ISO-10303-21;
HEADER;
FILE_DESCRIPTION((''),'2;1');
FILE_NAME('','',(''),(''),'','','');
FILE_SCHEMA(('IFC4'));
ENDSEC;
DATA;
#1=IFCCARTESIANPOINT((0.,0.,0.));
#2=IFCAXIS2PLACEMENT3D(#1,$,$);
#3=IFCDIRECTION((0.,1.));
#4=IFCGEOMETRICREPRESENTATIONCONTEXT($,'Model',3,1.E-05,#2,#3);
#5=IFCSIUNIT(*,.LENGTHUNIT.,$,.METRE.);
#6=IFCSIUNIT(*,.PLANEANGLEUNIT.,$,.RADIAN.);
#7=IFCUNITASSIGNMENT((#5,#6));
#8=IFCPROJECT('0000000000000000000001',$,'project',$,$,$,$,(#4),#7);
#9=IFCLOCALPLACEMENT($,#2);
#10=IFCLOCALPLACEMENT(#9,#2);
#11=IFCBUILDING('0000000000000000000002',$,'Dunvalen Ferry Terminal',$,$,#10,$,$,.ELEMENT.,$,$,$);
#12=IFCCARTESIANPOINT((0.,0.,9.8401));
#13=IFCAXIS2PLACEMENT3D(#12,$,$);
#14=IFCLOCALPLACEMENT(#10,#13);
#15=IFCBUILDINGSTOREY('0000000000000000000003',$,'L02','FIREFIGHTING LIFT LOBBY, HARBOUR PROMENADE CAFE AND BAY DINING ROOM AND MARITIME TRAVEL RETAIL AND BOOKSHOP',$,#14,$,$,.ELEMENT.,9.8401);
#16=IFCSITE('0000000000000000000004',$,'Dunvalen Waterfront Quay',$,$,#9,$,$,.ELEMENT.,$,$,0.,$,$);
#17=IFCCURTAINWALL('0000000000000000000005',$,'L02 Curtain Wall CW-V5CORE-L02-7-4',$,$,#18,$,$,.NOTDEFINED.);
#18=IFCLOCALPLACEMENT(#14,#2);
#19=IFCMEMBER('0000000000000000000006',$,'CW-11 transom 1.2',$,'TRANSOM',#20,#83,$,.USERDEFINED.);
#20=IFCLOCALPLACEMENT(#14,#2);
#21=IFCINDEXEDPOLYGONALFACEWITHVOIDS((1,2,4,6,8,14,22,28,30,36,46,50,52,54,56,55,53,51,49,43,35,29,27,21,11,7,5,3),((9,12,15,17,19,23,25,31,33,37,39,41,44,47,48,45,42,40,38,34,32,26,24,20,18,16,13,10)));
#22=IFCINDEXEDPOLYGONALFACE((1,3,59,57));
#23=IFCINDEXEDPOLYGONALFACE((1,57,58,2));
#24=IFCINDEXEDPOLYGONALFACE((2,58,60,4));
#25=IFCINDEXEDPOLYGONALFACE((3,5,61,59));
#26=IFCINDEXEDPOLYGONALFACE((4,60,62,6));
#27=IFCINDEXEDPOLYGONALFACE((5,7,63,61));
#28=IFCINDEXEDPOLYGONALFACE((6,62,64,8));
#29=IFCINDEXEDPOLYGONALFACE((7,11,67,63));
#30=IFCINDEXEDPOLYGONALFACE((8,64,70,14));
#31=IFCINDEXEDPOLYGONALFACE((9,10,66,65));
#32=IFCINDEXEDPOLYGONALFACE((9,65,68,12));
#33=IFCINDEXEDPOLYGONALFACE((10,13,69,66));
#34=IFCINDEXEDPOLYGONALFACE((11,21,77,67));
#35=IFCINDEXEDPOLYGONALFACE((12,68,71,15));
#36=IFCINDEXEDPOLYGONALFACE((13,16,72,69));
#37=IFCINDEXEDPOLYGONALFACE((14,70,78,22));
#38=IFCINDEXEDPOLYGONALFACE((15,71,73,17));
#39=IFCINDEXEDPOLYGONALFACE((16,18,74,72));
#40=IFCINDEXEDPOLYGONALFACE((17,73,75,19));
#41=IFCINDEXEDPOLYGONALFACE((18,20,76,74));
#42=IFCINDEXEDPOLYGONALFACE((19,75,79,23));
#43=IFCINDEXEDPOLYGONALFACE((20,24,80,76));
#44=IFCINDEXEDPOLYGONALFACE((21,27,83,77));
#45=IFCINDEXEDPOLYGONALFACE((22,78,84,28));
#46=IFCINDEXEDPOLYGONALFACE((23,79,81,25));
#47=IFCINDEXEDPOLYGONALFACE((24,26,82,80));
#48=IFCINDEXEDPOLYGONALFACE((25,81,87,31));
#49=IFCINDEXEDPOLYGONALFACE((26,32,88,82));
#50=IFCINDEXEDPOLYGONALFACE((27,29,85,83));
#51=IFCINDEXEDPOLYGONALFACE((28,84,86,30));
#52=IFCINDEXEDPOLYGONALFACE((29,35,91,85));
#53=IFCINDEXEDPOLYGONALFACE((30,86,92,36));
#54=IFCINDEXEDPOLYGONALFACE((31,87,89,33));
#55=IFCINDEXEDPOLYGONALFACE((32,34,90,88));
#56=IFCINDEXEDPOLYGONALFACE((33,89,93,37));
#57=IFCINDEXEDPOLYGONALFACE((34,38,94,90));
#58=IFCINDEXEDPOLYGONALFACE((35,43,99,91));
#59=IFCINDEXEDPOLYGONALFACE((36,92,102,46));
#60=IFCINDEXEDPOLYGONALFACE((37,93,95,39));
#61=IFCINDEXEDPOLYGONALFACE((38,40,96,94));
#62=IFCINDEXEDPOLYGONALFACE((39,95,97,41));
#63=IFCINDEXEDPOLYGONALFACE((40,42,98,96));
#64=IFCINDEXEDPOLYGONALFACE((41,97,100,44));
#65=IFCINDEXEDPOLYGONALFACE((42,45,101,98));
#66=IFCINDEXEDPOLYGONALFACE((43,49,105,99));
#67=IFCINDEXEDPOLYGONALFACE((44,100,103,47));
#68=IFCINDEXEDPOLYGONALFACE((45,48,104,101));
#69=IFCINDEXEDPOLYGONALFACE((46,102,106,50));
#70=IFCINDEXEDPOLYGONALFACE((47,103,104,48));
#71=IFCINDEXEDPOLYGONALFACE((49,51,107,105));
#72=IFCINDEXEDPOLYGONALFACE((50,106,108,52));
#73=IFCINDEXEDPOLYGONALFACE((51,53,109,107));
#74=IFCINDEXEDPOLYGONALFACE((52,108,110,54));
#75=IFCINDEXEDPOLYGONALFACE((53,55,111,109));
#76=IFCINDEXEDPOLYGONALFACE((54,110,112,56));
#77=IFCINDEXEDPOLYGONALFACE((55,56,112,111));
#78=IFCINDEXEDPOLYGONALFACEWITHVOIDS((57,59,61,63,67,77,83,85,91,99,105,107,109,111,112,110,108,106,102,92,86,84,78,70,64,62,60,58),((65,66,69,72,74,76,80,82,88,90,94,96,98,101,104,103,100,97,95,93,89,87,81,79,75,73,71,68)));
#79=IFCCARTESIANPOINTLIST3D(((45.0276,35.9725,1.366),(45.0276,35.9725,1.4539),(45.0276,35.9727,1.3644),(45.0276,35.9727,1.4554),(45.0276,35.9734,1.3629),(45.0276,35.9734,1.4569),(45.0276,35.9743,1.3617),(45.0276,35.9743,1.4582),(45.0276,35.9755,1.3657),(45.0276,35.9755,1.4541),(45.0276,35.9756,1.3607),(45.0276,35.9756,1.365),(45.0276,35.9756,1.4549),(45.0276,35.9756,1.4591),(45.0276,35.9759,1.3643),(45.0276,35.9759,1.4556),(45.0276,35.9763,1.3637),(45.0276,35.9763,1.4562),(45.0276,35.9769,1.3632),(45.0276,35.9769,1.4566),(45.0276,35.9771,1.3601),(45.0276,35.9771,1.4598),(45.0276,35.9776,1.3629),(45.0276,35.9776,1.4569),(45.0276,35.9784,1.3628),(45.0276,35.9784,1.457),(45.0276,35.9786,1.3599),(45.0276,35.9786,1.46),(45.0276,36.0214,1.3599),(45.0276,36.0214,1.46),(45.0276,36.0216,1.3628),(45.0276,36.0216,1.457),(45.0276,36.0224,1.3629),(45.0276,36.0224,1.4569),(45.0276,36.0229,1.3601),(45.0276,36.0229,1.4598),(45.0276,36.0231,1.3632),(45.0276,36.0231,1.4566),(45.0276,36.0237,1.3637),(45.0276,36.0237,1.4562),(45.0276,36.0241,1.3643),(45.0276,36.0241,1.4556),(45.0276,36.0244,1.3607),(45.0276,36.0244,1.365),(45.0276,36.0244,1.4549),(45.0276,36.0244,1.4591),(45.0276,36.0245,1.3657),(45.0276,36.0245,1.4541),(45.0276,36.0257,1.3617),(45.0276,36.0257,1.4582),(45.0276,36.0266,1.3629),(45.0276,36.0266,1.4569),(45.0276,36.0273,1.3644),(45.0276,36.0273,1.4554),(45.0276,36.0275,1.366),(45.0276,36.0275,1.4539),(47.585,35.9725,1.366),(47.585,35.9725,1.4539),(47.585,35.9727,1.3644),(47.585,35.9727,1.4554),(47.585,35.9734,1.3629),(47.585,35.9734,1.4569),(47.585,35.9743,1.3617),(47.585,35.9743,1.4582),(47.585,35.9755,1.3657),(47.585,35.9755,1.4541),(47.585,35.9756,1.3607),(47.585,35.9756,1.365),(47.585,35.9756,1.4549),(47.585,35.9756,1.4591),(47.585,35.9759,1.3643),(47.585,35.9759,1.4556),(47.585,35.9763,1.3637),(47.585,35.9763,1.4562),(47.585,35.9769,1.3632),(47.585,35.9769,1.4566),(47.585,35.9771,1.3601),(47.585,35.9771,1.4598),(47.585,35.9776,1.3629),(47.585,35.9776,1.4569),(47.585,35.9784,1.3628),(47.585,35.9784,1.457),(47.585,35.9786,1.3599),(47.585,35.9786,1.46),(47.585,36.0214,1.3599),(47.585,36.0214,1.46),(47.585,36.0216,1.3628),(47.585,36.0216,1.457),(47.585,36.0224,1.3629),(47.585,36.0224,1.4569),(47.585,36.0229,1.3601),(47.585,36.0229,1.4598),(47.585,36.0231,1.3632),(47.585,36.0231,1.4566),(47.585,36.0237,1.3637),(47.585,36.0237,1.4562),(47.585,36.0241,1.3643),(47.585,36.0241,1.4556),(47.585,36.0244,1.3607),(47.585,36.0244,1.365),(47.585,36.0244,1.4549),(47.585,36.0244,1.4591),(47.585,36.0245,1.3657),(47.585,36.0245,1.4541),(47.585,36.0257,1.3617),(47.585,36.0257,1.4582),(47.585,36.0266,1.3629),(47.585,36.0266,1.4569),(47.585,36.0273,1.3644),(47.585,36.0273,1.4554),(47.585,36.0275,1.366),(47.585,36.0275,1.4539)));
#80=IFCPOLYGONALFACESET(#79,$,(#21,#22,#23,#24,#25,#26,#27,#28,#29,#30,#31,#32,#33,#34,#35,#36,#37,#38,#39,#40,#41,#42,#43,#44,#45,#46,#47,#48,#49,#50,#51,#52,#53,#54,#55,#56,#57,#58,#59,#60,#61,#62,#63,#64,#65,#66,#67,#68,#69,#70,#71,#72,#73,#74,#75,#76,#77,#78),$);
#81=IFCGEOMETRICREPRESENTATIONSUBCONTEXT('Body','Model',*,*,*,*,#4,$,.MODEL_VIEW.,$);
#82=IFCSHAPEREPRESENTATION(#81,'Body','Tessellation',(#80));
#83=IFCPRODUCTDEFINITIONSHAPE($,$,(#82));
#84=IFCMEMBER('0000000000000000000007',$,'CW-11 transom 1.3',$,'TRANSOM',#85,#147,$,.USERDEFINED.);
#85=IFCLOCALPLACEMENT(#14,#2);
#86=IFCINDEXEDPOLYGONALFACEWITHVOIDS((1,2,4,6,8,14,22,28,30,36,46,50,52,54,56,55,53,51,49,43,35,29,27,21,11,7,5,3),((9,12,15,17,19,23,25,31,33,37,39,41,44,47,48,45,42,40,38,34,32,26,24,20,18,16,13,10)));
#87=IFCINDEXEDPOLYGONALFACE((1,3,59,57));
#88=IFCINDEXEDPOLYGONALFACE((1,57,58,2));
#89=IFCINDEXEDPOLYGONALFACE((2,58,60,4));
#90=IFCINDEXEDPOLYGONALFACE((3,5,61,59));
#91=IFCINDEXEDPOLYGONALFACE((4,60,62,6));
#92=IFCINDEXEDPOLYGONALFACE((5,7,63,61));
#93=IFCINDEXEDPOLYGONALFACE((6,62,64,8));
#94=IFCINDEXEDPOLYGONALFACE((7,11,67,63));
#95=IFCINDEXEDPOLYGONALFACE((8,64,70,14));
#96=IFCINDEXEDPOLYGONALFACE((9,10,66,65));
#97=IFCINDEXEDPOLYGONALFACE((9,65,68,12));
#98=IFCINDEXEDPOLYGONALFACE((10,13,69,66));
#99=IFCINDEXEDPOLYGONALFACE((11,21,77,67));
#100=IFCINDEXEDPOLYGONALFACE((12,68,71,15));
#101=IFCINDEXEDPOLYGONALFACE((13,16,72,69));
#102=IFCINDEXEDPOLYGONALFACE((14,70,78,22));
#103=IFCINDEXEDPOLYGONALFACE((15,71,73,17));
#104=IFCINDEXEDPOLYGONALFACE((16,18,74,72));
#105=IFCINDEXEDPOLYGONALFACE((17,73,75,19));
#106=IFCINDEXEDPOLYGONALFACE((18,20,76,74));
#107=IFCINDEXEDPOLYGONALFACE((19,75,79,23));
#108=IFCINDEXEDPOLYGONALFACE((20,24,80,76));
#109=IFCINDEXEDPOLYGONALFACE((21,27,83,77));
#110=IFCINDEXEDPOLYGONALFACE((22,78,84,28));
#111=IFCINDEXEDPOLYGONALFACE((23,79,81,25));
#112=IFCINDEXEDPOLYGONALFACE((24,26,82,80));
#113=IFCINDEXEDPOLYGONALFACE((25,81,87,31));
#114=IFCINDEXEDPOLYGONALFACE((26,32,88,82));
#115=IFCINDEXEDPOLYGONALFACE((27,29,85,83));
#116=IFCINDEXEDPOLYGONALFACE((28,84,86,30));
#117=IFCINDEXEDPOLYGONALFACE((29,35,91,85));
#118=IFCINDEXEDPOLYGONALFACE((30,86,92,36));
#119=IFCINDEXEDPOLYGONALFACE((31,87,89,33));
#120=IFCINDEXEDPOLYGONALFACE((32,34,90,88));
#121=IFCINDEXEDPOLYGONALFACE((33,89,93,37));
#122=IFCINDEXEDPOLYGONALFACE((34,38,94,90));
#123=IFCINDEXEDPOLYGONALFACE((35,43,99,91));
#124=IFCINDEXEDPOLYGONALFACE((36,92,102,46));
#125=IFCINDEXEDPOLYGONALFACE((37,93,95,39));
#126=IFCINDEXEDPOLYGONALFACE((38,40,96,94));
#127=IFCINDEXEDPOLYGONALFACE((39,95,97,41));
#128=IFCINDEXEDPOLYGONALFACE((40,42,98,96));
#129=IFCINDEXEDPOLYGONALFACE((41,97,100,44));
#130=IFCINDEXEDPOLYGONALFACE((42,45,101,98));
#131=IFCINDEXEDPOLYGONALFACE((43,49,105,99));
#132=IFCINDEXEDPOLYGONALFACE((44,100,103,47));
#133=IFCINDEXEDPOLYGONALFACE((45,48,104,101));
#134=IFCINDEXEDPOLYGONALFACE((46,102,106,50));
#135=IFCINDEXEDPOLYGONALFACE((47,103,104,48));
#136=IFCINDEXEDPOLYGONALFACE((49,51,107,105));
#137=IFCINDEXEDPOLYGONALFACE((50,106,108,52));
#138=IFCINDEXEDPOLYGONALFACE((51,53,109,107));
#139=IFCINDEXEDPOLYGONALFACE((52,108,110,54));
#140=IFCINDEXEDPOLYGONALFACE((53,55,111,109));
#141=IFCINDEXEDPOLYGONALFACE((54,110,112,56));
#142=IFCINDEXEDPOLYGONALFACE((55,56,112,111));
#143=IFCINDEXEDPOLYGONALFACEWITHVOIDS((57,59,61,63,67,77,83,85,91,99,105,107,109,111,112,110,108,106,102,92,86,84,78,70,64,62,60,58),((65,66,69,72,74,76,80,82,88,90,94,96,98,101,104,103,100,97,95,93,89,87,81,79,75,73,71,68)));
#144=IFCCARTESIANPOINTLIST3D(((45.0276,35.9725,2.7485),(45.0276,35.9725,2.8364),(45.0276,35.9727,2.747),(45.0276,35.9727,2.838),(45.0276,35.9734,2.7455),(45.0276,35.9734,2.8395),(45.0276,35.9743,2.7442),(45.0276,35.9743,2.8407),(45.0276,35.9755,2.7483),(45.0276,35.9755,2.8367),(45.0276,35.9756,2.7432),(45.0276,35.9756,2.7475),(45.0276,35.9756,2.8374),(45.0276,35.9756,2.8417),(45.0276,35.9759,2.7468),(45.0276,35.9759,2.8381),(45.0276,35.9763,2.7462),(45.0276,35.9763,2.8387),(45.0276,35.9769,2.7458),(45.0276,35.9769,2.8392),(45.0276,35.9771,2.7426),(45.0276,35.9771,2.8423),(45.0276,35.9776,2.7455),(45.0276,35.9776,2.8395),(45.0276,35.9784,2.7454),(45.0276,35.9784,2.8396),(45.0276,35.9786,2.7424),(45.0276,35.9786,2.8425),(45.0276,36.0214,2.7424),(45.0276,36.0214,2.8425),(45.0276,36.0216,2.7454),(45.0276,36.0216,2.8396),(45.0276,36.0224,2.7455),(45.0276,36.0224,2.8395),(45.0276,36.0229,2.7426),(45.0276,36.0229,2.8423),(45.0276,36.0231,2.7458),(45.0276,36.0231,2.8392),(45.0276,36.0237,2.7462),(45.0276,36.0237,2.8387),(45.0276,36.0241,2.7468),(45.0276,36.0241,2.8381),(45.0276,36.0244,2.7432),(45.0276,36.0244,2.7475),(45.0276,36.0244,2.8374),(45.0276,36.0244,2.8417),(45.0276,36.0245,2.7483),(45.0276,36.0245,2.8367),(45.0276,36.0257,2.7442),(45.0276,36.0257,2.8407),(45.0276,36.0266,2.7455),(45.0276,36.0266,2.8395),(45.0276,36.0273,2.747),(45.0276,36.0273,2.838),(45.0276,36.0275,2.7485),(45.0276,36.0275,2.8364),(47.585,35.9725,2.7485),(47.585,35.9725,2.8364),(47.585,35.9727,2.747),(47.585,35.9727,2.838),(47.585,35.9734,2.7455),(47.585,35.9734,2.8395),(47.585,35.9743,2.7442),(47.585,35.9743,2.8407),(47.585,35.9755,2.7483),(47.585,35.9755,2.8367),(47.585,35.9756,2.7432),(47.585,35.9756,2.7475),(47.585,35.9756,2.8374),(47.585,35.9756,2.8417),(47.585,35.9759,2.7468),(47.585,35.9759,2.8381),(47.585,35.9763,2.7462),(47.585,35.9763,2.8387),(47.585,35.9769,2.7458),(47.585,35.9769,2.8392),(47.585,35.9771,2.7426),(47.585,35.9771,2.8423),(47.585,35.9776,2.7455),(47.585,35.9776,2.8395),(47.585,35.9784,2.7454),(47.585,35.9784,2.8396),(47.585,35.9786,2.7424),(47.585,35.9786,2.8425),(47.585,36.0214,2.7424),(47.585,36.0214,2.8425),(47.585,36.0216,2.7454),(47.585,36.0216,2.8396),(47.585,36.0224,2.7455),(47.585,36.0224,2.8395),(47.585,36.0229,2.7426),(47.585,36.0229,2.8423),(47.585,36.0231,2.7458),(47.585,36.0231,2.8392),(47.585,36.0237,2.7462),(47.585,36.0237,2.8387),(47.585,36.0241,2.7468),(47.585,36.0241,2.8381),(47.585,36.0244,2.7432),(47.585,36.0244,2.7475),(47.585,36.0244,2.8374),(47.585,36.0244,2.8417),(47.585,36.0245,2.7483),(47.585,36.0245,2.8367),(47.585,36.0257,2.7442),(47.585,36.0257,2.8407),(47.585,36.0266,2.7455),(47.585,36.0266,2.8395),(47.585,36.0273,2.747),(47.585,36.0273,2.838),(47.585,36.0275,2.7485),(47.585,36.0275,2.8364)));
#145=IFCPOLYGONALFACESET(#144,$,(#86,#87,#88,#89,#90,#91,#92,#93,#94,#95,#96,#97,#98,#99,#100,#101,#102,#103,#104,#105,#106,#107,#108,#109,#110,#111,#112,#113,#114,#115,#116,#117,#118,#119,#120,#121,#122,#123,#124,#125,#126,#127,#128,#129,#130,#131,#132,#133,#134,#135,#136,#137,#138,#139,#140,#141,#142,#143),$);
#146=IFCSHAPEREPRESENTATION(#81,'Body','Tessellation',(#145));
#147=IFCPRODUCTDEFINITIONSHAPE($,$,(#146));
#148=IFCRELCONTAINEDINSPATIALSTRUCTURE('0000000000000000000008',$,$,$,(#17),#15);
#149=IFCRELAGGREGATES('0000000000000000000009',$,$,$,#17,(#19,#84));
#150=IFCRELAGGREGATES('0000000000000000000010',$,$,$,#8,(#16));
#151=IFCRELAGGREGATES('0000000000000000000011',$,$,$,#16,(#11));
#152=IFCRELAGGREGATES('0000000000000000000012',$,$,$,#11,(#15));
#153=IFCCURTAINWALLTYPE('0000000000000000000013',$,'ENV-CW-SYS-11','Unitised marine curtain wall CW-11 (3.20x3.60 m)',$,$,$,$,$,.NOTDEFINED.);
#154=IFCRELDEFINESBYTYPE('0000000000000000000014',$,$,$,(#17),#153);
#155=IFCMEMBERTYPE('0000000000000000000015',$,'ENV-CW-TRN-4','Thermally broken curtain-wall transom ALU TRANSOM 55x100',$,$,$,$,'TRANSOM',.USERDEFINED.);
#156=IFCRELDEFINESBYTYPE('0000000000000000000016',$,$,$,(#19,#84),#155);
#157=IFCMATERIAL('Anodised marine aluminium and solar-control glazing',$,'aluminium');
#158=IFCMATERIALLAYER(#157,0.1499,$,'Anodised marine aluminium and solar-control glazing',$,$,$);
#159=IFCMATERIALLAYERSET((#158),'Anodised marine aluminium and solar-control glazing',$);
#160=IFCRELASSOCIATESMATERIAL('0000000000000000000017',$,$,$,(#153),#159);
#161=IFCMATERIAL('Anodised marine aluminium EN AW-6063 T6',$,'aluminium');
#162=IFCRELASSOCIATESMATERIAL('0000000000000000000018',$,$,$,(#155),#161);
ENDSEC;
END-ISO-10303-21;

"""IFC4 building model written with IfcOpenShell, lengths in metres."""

from ifc_helpers import new_model, si_unit, direction, frame, origin, origin_2d, place, context, subcontext, project, spatial, hollow_rectangle, extrude, material, layer, layer_set, material_profile, profile_set, type_object, element, aggregate, save


model = new_model("IFC4")

# Units and contexts
model_context = context("Model", 3, precision=1e-05, world=origin(), true_north=direction((0.0, 1.0)))
body_context = subcontext(model_context, "Body", "Model", "MODEL_VIEW")
ifc_project = project(units=[si_unit("LENGTHUNIT", "METRE"), si_unit("PLANEANGLEUNIT", "RADIAN")], contexts=[model_context])

# Site, building, storey
site_placement = place(None, origin())
site = spatial("IfcSite", under=ifc_project, at=site_placement, Name="Dunvalen Waterfront Quay", CompositionType="ELEMENT", RefElevation=0.0)
building_placement = place(site_placement, origin())
building = spatial("IfcBuilding", under=site, at=building_placement, Name="Dunvalen Ferry Terminal", CompositionType="ELEMENT")
storey_placement = place(building_placement, frame((0.0, 0.0, 9.8401)))
storey = spatial("IfcBuildingStorey", under=building, at=storey_placement, Name="L02", Description="FIREFIGHTING LIFT LOBBY, HARBOUR PROMENADE CAFE AND BAY DINING ROOM AND MARITIME TRAVEL RETAIL AND BOOKSHOP", CompositionType="ELEMENT", Elevation=9.8401)

# Curtain wall, members
ifc_material_1 = material(Name="Anodised marine aluminium and solar-control glazing", Category="aluminium")
ifc_layer_1 = layer(ifc_material_1, 0.1499, Name="Anodised marine aluminium and solar-control glazing")
ifc_layer_set_1 = layer_set([ifc_layer_1], Name="Anodised marine aluminium and solar-control glazing")
curtain_wall_type = type_object("IfcCurtainWallType", Name="ENV-CW-SYS-11", Description="Unitised marine curtain wall CW-11 (3.20x3.60 m)", PredefinedType="NOTDEFINED", material=ifc_layer_set_1)
curtain_wall_placement = place(storey_placement, origin())
curtain_wall = element("IfcCurtainWall", 1, at=curtain_wall_placement, inside=storey, type_object=curtain_wall_type, Name="L02 Curtain Wall CW-V5CORE-L02-7-4", PredefinedType="NOTDEFINED")
ifc_material_2 = material(Name="Anodised marine aluminium EN AW-6063 T6", Category="aluminium")
ifc_material_profile_1 = material_profile(ifc_material_2, hollow_rectangle(XDim=0.0549, YDim=0.1001, WallThickness=0.0029, InnerFilletRadius=0.0029, OuterFilletRadius=0.0061, at=origin_2d()), Name="Anodised marine aluminium EN AW-6063 T6")
ifc_profile_set_1 = profile_set([ifc_material_profile_1], Name="Anodised marine aluminium EN AW-6063 T6")
member_type_1 = type_object("IfcMemberType", Name="ENV-CW-TRN-4", Description="Thermally broken curtain-wall transom ALU TRANSOM 55x100", ElementType="TRANSOM", PredefinedType="USERDEFINED", material=ifc_profile_set_1)
member_1_placement = place(storey_placement, frame((47.585, 36.0, 1.4099), z_axis=(-1.0, 0.0, 0.0), x_axis=(0.0, -1.0, 0.0)))
member_1 = element("IfcMember", 2, at=member_1_placement, type_object=member_type_1, Name="CW-11 transom 1.2", ObjectType="TRANSOM", PredefinedType="USERDEFINED", context=body_context, shape_type="SweptSolid", body=[
    extrude(hollow_rectangle(XDim=0.0549, YDim=0.1001, WallThickness=0.0029, InnerFilletRadius=0.0029, OuterFilletRadius=0.0061, at=origin_2d()), origin(), (0.0, 0.0, 1.0), 2.5574),
])
member_2_placement = place(storey_placement, frame((47.585, 36.0, 2.7925), z_axis=(-1.0, 0.0, 0.0), x_axis=(0.0, -1.0, 0.0)))
member_2 = element("IfcMember", 3, at=member_2_placement, type_object=member_type_1, Name="CW-11 transom 1.3", ObjectType="TRANSOM", PredefinedType="USERDEFINED", context=body_context, shape_type="SweptSolid", body=[
    extrude(hollow_rectangle(XDim=0.0549, YDim=0.1001, WallThickness=0.0029, InnerFilletRadius=0.0029, OuterFilletRadius=0.0061, at=origin_2d()), origin(), (0.0, 0.0, 1.0), 2.5574),
])

aggregate(curtain_wall, [member_1, member_2])

save(model, "model.ifc")
